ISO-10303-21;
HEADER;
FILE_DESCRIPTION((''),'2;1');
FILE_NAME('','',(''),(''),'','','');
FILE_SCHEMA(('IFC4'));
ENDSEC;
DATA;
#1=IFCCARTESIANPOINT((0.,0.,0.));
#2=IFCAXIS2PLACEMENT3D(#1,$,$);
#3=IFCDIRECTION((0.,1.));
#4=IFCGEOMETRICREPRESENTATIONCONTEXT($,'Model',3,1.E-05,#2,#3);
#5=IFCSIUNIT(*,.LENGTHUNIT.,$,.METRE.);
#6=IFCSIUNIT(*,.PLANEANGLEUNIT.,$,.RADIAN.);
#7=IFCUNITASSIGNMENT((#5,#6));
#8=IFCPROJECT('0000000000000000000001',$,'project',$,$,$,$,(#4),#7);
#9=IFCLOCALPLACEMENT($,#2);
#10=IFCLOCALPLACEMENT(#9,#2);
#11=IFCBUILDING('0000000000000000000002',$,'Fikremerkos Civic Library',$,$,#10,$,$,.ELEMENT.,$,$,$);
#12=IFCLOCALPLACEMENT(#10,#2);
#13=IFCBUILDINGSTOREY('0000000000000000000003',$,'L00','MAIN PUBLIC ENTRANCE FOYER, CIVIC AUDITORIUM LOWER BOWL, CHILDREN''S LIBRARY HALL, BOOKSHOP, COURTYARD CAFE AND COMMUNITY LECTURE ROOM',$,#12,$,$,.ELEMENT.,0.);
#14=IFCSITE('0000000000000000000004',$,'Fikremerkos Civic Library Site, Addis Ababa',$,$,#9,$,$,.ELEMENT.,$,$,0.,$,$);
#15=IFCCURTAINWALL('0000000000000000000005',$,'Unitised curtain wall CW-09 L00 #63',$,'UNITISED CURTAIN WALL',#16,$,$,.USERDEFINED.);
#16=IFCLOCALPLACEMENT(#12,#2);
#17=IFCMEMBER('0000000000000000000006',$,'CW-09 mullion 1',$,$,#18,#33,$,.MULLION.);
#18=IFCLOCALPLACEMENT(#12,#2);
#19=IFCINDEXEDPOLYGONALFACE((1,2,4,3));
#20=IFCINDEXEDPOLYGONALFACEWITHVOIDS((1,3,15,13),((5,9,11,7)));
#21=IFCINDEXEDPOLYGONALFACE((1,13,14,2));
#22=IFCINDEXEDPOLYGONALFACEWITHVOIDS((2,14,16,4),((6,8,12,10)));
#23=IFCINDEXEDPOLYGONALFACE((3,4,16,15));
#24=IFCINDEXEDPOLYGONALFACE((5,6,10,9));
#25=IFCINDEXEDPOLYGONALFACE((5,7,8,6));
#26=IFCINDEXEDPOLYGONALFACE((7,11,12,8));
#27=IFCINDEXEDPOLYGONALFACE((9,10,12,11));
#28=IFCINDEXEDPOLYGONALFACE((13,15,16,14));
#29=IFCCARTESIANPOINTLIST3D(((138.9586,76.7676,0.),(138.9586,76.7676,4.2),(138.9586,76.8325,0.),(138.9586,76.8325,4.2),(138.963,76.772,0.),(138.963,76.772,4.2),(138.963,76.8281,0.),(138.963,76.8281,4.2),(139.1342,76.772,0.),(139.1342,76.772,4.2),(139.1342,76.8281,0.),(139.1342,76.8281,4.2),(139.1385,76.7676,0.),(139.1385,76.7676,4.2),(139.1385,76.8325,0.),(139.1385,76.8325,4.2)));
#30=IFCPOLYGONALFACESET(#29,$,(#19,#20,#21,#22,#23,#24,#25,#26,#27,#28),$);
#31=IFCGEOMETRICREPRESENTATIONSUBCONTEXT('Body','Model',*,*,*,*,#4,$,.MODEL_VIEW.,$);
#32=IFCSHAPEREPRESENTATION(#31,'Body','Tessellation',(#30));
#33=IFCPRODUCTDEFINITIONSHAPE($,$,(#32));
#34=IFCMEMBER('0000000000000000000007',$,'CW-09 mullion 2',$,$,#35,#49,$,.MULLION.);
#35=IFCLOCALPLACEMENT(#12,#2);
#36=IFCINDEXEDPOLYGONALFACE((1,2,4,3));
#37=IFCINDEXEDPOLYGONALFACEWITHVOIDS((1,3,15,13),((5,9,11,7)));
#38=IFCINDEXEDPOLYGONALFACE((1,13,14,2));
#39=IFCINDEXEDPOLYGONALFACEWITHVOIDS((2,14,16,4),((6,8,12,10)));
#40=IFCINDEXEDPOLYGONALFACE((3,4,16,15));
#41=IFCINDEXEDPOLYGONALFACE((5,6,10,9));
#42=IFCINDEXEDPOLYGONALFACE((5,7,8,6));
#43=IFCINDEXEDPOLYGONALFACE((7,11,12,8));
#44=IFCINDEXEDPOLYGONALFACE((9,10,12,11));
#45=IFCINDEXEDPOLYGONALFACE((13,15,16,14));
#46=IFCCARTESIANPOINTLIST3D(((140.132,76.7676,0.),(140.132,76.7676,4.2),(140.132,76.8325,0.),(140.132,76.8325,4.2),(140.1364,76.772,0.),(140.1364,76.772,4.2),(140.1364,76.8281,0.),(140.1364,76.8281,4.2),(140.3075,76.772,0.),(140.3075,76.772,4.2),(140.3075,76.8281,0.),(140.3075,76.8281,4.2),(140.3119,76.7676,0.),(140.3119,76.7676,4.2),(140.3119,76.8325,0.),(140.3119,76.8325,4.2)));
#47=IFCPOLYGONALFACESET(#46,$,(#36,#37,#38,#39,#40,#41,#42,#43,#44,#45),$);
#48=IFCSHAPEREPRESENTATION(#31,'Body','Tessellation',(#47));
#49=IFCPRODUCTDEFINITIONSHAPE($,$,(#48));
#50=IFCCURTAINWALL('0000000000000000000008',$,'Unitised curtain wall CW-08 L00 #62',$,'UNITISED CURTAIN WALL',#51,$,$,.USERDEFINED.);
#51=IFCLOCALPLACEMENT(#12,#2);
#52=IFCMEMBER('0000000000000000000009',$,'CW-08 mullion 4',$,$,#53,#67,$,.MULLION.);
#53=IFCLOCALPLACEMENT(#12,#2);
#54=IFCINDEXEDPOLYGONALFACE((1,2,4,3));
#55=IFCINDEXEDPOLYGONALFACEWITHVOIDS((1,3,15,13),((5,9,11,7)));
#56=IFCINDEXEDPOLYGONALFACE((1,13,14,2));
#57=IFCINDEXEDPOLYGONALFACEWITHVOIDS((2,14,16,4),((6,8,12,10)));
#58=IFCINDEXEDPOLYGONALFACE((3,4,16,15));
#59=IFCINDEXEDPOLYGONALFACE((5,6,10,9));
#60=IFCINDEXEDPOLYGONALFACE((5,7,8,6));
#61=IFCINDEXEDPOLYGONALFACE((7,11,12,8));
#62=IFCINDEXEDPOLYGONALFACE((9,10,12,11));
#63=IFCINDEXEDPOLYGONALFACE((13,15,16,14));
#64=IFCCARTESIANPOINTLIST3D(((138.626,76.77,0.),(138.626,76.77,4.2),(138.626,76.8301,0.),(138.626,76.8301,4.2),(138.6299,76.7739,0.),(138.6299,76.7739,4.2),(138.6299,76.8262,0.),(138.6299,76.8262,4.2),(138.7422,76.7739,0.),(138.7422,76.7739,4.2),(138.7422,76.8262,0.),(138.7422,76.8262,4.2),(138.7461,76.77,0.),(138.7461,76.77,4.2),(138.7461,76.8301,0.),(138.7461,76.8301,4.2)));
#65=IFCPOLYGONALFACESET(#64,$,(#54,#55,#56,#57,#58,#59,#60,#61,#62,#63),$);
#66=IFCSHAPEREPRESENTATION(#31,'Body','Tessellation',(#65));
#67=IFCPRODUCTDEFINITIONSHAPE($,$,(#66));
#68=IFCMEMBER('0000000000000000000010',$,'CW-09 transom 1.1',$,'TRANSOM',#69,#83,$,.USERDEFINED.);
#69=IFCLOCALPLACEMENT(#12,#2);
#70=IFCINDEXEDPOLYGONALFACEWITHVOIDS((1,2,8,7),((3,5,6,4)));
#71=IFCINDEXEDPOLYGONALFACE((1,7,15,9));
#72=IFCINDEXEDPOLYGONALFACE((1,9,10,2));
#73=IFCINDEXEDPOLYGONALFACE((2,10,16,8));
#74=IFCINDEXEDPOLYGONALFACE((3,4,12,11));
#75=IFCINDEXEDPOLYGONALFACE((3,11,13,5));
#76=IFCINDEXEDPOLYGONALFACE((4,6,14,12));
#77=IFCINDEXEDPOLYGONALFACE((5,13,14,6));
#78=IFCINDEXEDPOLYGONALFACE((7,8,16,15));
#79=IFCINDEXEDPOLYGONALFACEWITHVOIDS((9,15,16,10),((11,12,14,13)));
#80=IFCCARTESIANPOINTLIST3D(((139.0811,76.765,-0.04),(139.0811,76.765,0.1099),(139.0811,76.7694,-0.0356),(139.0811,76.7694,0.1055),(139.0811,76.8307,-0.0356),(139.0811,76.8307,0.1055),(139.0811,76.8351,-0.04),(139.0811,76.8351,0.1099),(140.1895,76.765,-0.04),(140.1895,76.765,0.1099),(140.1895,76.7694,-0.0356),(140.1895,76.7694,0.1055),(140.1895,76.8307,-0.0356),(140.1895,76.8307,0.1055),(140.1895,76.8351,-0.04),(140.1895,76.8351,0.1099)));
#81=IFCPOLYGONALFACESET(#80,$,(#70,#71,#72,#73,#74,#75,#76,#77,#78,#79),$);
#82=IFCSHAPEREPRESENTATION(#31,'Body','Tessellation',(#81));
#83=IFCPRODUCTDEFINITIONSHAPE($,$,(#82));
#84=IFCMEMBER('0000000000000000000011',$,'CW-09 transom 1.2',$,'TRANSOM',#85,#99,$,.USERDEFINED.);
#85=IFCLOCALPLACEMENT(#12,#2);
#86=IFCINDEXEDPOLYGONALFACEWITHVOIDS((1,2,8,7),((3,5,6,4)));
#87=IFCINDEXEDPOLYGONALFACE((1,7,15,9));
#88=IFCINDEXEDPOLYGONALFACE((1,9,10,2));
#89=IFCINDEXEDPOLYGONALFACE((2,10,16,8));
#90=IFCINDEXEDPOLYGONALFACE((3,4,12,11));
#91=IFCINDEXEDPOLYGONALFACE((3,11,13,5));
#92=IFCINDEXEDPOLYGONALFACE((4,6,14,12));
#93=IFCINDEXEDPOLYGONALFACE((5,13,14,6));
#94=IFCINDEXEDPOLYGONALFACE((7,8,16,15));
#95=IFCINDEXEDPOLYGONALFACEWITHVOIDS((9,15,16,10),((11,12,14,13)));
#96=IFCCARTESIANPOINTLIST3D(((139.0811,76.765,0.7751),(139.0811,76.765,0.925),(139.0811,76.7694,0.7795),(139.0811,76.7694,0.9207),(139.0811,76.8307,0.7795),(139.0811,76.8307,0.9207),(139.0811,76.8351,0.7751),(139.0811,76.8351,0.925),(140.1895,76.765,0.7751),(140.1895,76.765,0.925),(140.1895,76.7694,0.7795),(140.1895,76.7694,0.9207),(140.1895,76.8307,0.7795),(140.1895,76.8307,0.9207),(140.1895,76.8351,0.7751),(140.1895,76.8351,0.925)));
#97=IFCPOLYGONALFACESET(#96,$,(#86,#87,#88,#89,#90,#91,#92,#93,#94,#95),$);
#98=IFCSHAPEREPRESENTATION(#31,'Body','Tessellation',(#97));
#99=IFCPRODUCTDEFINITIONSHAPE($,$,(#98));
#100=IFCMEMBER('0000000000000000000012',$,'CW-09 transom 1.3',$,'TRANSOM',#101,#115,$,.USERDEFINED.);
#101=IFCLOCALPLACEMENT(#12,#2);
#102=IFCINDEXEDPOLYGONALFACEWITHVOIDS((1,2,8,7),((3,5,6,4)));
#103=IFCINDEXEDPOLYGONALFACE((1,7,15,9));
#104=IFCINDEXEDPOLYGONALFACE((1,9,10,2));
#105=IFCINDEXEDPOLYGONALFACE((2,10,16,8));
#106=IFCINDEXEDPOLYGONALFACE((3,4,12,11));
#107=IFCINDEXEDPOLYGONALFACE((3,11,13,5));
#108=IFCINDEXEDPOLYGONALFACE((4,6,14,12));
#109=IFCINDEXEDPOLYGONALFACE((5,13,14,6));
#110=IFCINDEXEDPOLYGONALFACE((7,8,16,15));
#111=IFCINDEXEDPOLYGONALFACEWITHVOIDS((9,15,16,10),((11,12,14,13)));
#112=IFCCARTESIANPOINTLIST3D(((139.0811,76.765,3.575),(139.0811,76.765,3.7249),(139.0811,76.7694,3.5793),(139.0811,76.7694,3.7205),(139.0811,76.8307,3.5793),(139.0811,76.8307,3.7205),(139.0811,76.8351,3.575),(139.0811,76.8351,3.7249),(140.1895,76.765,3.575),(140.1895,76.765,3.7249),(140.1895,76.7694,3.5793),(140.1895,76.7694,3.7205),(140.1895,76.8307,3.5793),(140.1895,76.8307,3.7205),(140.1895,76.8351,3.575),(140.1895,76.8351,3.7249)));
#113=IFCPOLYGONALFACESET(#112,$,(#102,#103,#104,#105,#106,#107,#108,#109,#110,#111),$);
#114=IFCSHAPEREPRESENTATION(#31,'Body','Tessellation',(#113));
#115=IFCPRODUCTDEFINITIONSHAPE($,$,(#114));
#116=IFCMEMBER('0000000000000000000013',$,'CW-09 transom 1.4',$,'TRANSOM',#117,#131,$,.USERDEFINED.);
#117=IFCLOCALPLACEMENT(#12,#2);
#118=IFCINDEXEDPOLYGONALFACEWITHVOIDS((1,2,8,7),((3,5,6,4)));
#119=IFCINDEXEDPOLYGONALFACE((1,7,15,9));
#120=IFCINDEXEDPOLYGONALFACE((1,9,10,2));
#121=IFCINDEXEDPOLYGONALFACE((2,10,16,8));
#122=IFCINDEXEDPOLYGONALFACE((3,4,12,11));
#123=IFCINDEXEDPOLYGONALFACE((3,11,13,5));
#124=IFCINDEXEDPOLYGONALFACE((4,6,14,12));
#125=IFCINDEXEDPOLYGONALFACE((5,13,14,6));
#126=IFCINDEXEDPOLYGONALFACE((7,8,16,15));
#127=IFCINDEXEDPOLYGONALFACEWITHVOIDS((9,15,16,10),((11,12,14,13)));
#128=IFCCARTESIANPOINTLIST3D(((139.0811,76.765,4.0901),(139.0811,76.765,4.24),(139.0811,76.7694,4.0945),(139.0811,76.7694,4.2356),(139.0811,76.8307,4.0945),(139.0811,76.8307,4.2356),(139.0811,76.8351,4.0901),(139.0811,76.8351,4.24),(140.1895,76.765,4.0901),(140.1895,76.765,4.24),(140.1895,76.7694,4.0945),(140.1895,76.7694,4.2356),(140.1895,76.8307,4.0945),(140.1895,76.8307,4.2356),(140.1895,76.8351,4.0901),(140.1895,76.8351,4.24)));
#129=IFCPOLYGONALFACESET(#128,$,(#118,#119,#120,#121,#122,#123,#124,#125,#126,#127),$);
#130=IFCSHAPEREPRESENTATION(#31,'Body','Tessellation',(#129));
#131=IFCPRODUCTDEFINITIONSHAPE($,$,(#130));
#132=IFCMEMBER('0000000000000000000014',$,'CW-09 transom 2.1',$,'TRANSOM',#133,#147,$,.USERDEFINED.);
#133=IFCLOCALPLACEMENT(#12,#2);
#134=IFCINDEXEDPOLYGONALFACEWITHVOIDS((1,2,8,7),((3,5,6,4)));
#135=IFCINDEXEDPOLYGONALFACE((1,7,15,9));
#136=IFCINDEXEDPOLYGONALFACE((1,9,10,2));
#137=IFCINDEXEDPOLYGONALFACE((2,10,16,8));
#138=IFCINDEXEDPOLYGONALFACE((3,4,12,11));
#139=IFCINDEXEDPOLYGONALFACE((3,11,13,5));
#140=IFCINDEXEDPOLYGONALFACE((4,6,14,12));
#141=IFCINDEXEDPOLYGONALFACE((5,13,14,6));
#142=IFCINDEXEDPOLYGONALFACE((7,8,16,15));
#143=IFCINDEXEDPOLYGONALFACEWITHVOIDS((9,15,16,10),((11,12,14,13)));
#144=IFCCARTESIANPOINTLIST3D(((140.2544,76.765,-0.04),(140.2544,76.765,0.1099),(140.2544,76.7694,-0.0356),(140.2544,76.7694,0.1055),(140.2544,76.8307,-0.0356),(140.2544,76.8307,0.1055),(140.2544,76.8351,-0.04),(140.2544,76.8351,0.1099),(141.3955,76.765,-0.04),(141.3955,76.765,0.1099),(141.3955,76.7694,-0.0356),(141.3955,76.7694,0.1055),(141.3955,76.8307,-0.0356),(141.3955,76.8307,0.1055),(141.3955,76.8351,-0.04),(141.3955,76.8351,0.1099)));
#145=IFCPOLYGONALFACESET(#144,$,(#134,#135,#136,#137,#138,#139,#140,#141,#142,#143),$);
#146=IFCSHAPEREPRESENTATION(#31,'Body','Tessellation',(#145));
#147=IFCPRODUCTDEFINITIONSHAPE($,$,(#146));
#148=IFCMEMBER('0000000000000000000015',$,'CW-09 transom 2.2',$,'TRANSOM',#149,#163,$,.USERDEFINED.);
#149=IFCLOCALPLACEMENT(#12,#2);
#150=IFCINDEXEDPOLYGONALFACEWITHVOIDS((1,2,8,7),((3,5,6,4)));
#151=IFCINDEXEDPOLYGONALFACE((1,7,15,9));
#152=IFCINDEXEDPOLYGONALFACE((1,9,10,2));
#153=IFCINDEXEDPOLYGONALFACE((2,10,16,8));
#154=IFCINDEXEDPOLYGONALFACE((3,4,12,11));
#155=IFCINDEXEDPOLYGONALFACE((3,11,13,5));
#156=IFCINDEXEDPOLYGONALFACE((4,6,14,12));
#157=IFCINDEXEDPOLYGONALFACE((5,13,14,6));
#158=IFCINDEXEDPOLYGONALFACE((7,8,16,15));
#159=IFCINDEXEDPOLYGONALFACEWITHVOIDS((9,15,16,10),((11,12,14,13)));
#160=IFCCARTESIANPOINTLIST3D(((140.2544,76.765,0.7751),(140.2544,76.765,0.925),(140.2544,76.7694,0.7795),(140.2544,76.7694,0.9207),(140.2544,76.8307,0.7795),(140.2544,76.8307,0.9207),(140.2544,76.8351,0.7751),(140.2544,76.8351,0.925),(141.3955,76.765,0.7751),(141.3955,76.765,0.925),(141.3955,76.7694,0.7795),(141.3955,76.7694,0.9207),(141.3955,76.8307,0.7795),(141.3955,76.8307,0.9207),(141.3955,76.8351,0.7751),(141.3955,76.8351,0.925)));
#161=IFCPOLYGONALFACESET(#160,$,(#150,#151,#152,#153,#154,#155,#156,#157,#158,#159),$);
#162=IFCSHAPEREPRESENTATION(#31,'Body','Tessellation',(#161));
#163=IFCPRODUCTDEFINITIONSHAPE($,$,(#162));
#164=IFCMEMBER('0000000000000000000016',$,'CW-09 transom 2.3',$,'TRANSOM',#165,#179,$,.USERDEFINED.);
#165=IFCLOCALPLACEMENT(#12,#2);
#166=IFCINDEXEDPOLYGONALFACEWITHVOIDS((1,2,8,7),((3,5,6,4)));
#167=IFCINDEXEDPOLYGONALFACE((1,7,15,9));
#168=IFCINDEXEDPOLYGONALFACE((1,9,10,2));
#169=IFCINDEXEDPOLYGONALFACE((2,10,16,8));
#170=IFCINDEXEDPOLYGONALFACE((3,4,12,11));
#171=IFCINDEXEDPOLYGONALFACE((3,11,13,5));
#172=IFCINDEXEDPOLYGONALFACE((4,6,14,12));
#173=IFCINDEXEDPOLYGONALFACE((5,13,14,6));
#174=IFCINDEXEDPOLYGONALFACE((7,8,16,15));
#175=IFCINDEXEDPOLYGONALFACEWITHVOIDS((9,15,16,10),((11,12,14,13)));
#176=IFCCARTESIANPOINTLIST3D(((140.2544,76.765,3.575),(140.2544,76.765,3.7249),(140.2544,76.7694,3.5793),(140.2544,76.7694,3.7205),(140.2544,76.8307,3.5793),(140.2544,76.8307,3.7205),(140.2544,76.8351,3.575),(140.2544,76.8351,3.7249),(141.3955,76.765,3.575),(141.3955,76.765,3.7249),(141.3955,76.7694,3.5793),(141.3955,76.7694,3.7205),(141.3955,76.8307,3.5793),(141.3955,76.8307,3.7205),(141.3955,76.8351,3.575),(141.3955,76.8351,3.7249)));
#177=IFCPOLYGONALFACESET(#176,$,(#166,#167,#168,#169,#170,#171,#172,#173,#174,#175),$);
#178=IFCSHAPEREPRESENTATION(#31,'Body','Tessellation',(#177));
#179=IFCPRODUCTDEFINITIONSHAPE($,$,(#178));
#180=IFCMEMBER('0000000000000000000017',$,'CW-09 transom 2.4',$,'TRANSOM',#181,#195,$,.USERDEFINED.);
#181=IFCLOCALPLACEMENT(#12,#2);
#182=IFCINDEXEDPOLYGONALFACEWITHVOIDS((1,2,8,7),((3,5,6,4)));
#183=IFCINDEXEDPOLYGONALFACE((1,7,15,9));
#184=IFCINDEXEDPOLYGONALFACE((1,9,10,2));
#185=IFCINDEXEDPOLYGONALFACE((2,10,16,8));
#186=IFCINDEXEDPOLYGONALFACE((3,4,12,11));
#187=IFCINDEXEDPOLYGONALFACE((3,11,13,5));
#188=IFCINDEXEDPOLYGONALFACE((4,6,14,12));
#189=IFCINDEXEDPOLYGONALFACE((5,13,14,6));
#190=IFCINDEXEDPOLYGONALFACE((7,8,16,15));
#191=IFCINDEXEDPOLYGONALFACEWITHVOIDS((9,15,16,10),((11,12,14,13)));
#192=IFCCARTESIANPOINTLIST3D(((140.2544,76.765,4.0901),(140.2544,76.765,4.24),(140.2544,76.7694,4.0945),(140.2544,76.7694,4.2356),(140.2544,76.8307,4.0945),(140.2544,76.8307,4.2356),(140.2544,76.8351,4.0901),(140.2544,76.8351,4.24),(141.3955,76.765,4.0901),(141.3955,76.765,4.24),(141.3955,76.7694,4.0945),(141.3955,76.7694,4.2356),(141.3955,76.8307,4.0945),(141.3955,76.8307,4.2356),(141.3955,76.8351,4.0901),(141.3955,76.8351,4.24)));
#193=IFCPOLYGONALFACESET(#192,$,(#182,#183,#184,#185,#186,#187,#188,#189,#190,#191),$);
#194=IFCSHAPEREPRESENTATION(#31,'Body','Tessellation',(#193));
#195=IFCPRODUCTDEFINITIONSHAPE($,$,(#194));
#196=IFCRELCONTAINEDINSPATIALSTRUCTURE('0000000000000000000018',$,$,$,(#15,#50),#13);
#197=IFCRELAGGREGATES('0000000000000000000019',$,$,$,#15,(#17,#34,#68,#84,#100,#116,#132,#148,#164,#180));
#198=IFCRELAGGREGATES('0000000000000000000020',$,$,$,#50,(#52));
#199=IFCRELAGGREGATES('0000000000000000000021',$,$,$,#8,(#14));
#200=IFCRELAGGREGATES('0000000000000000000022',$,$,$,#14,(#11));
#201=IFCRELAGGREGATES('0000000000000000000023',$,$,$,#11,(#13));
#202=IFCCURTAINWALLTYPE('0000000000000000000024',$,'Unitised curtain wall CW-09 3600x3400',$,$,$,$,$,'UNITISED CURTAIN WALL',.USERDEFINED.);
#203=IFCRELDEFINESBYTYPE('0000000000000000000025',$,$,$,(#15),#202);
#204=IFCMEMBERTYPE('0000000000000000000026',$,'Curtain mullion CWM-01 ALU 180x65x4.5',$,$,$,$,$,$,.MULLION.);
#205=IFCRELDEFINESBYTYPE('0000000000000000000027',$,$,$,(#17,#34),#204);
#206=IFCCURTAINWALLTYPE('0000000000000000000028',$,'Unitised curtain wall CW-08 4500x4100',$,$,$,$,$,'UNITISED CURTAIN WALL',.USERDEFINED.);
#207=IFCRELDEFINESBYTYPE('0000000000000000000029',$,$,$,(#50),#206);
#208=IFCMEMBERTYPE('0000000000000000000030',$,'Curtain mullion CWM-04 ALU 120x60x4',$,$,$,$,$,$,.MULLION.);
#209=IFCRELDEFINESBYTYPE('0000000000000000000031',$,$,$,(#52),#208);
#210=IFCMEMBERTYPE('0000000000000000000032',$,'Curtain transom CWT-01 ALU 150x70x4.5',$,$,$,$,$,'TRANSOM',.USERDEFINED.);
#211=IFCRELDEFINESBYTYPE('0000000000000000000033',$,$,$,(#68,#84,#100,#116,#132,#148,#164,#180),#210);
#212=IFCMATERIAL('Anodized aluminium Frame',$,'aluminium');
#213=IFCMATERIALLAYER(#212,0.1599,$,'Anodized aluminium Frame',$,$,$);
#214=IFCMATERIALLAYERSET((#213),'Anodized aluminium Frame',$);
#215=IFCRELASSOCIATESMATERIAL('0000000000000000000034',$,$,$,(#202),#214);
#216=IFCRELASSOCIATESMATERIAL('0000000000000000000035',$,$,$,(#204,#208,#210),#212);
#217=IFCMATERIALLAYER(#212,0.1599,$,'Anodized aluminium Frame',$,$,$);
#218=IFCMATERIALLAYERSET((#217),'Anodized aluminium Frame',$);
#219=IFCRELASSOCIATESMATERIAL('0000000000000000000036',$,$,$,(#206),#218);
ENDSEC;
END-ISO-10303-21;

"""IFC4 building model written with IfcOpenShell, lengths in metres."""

from ifc_helpers import new_model, si_unit, direction, frame, origin, origin_2d, place, context, subcontext, project, spatial, hollow_rectangle, extrude, material, layer, layer_set, material_profile, profile_set, type_object, element, aggregate, save


model = new_model("IFC4")

# Units and contexts
model_context = context("Model", 3, precision=1e-05, world=origin(), true_north=direction((0.0, 1.0)))
body_context = subcontext(model_context, "Body", "Model", "MODEL_VIEW")
ifc_project = project(units=[si_unit("LENGTHUNIT", "METRE"), si_unit("PLANEANGLEUNIT", "RADIAN")], contexts=[model_context])

# Site, building, storey
site_placement = place(None, origin())
site = spatial("IfcSite", under=ifc_project, at=site_placement, Name="Fikremerkos Civic Library Site, Addis Ababa", CompositionType="ELEMENT", RefElevation=0.0)
building_placement = place(site_placement, origin())
building = spatial("IfcBuilding", under=site, at=building_placement, Name="Fikremerkos Civic Library", CompositionType="ELEMENT")
storey_placement = place(building_placement, origin())
storey = spatial("IfcBuildingStorey", under=building, at=storey_placement, Name="L00", Description="MAIN PUBLIC ENTRANCE FOYER, CIVIC AUDITORIUM LOWER BOWL, CHILDREN'S LIBRARY HALL, BOOKSHOP, COURTYARD CAFE AND COMMUNITY LECTURE ROOM", CompositionType="ELEMENT", Elevation=0.0)

# Curtain wall, members
ifc_material_1 = material(Name="Anodized aluminium Frame", Category="aluminium")
ifc_layer_1 = layer(ifc_material_1, 0.1599, Name="Anodized aluminium Frame")
ifc_layer_set_1 = layer_set([ifc_layer_1], Name="Anodized aluminium Frame")
curtain_wall_type_1 = type_object("IfcCurtainWallType", Name="Unitised curtain wall CW-09 3600x3400", ElementType="UNITISED CURTAIN WALL", PredefinedType="USERDEFINED", material=ifc_layer_set_1)
curtain_wall_1_placement = place(storey_placement, origin())
curtain_wall_1 = element("IfcCurtainWall", 1, at=curtain_wall_1_placement, inside=storey, type_object=curtain_wall_type_1, Name="Unitised curtain wall CW-09 L00 #63", ObjectType="UNITISED CURTAIN WALL", PredefinedType="USERDEFINED")
ifc_material_profile_1 = material_profile(ifc_material_1, hollow_rectangle(XDim=0.0649, YDim=0.1799, WallThickness=0.0044, at=origin_2d()), Name="ALU 180x65x4.5")
ifc_profile_set_1 = profile_set([ifc_material_profile_1], Name="Anodized aluminium Frame")
member_type_1 = type_object("IfcMemberType", Name="Curtain mullion CWM-01 ALU 180x65x4.5", PredefinedType="MULLION", material=ifc_profile_set_1)
member_1_placement = place(storey_placement, frame((139.0486, 76.8, 0.0), z_axis=(0.0, 0.0, 1.0), x_axis=(0.0, 1.0, 0.0)))
member_1 = element("IfcMember", 2, at=member_1_placement, type_object=member_type_1, Name="CW-09 mullion 1", PredefinedType="MULLION", context=body_context, shape_type="SweptSolid", body=[
    extrude(hollow_rectangle(XDim=0.0649, YDim=0.1799, WallThickness=0.0044, at=origin_2d()), origin(), (0.0, 0.0, 1.0), 4.2),
])
member_2_placement = place(storey_placement, frame((140.2219, 76.8, 0.0), z_axis=(0.0, 0.0, 1.0), x_axis=(0.0, 1.0, 0.0)))
member_2 = element("IfcMember", 3, at=member_2_placement, type_object=member_type_1, Name="CW-09 mullion 2", PredefinedType="MULLION", context=body_context, shape_type="SweptSolid", body=[
    extrude(hollow_rectangle(XDim=0.0649, YDim=0.1799, WallThickness=0.0044, at=origin_2d()), origin(), (0.0, 0.0, 1.0), 4.2),
])

# Curtain wall, member
ifc_layer_2 = layer(ifc_material_1, 0.1599, Name="Anodized aluminium Frame")
ifc_layer_set_2 = layer_set([ifc_layer_2], Name="Anodized aluminium Frame")
curtain_wall_type_2 = type_object("IfcCurtainWallType", Name="Unitised curtain wall CW-08 4500x4100", ElementType="UNITISED CURTAIN WALL", PredefinedType="USERDEFINED", material=ifc_layer_set_2)
curtain_wall_2_placement = place(storey_placement, origin())
curtain_wall_2 = element("IfcCurtainWall", 4, at=curtain_wall_2_placement, inside=storey, type_object=curtain_wall_type_2, Name="Unitised curtain wall CW-08 L00 #62", ObjectType="UNITISED CURTAIN WALL", PredefinedType="USERDEFINED")
ifc_material_profile_2 = material_profile(ifc_material_1, hollow_rectangle(XDim=0.0601, YDim=0.1201, WallThickness=0.0039, at=origin_2d()), Name="ALU 120x60x4")
ifc_profile_set_2 = profile_set([ifc_material_profile_2], Name="Anodized aluminium Frame")
member_type_2 = type_object("IfcMemberType", Name="Curtain mullion CWM-04 ALU 120x60x4", PredefinedType="MULLION", material=ifc_profile_set_2)
member_3_placement = place(storey_placement, frame((138.686, 76.8, 0.0), z_axis=(0.0, 0.0, 1.0), x_axis=(0.0, 1.0, 0.0)))
member_3 = element("IfcMember", 5, at=member_3_placement, type_object=member_type_2, Name="CW-08 mullion 4", PredefinedType="MULLION", context=body_context, shape_type="SweptSolid", body=[
    extrude(hollow_rectangle(XDim=0.0601, YDim=0.1201, WallThickness=0.0039, at=origin_2d()), origin(), (0.0, 0.0, 1.0), 4.2),
])

# Members
ifc_material_profile_3 = material_profile(ifc_material_1, hollow_rectangle(XDim=0.0701, YDim=0.1499, WallThickness=0.0044, at=origin_2d()), Name="ALU 150x70x4.5")
ifc_profile_set_3 = profile_set([ifc_material_profile_3], Name="Anodized aluminium Frame")
member_type_3 = type_object("IfcMemberType", Name="Curtain transom CWT-01 ALU 150x70x4.5", ElementType="TRANSOM", PredefinedType="USERDEFINED", material=ifc_profile_set_3)
member_4_placement = place(storey_placement, frame((139.0811, 76.8, 0.0349), z_axis=(1.0, 0.0, 0.0), x_axis=(0.0, 1.0, 0.0)))
member_4 = element("IfcMember", 6, at=member_4_placement, type_object=member_type_3, Name="CW-09 transom 1.1", ObjectType="TRANSOM", PredefinedType="USERDEFINED", context=body_context, shape_type="SweptSolid", body=[
    extrude(hollow_rectangle(XDim=0.0701, YDim=0.1499, WallThickness=0.0044, at=origin_2d()), origin(), (0.0, 0.0, 1.0), 1.1084),
])
member_5_placement = place(storey_placement, frame((139.0811, 76.8, 0.8501), z_axis=(1.0, 0.0, 0.0), x_axis=(0.0, 1.0, 0.0)))
member_5 = element("IfcMember", 7, at=member_5_placement, type_object=member_type_3, Name="CW-09 transom 1.2", ObjectType="TRANSOM", PredefinedType="USERDEFINED", context=body_context, shape_type="SweptSolid", body=[
    extrude(hollow_rectangle(XDim=0.0701, YDim=0.1499, WallThickness=0.0044, at=origin_2d()), origin(), (0.0, 0.0, 1.0), 1.1084),
])
member_6_placement = place(storey_placement, frame((139.0811, 76.8, 3.6499), z_axis=(1.0, 0.0, 0.0), x_axis=(0.0, 1.0, 0.0)))
member_6 = element("IfcMember", 8, at=member_6_placement, type_object=member_type_3, Name="CW-09 transom 1.3", ObjectType="TRANSOM", PredefinedType="USERDEFINED", context=body_context, shape_type="SweptSolid", body=[
    extrude(hollow_rectangle(XDim=0.0701, YDim=0.1499, WallThickness=0.0044, at=origin_2d()), origin(), (0.0, 0.0, 1.0), 1.1084),
])
member_7_placement = place(storey_placement, frame((139.0811, 76.8, 4.165), z_axis=(1.0, 0.0, 0.0), x_axis=(0.0, 1.0, 0.0)))
member_7 = element("IfcMember", 9, at=member_7_placement, type_object=member_type_3, Name="CW-09 transom 1.4", ObjectType="TRANSOM", PredefinedType="USERDEFINED", context=body_context, shape_type="SweptSolid", body=[
    extrude(hollow_rectangle(XDim=0.0701, YDim=0.1499, WallThickness=0.0044, at=origin_2d()), origin(), (0.0, 0.0, 1.0), 1.1084),
])
member_8_placement = place(storey_placement, frame((140.2544, 76.8, 0.0349), z_axis=(1.0, 0.0, 0.0), x_axis=(0.0, 1.0, 0.0)))
member_8 = element("IfcMember", 10, at=member_8_placement, type_object=member_type_3, Name="CW-09 transom 2.1", ObjectType="TRANSOM", PredefinedType="USERDEFINED", context=body_context, shape_type="SweptSolid", body=[
    extrude(hollow_rectangle(XDim=0.0701, YDim=0.1499, WallThickness=0.0044, at=origin_2d()), origin(), (0.0, 0.0, 1.0), 1.1411),
])
member_9_placement = place(storey_placement, frame((140.2544, 76.8, 0.8501), z_axis=(1.0, 0.0, 0.0), x_axis=(0.0, 1.0, 0.0)))
member_9 = element("IfcMember", 11, at=member_9_placement, type_object=member_type_3, Name="CW-09 transom 2.2", ObjectType="TRANSOM", PredefinedType="USERDEFINED", context=body_context, shape_type="SweptSolid", body=[
    extrude(hollow_rectangle(XDim=0.0701, YDim=0.1499, WallThickness=0.0044, at=origin_2d()), origin(), (0.0, 0.0, 1.0), 1.1411),
])
member_10_placement = place(storey_placement, frame((140.2544, 76.8, 3.6499), z_axis=(1.0, 0.0, 0.0), x_axis=(0.0, 1.0, 0.0)))
member_10 = element("IfcMember", 12, at=member_10_placement, type_object=member_type_3, Name="CW-09 transom 2.3", ObjectType="TRANSOM", PredefinedType="USERDEFINED", context=body_context, shape_type="SweptSolid", body=[
    extrude(hollow_rectangle(XDim=0.0701, YDim=0.1499, WallThickness=0.0044, at=origin_2d()), origin(), (0.0, 0.0, 1.0), 1.1411),
])
member_11_placement = place(storey_placement, frame((140.2544, 76.8, 4.165), z_axis=(1.0, 0.0, 0.0), x_axis=(0.0, 1.0, 0.0)))
member_11 = element("IfcMember", 13, at=member_11_placement, type_object=member_type_3, Name="CW-09 transom 2.4", ObjectType="TRANSOM", PredefinedType="USERDEFINED", context=body_context, shape_type="SweptSolid", body=[
    extrude(hollow_rectangle(XDim=0.0701, YDim=0.1499, WallThickness=0.0044, at=origin_2d()), origin(), (0.0, 0.0, 1.0), 1.1411),
])

aggregate(curtain_wall_1, [member_1, member_2, member_4, member_5, member_6, member_7, member_8, member_9, member_10, member_11])
aggregate(curtain_wall_2, [member_3])

save(model, "model.ifc")
